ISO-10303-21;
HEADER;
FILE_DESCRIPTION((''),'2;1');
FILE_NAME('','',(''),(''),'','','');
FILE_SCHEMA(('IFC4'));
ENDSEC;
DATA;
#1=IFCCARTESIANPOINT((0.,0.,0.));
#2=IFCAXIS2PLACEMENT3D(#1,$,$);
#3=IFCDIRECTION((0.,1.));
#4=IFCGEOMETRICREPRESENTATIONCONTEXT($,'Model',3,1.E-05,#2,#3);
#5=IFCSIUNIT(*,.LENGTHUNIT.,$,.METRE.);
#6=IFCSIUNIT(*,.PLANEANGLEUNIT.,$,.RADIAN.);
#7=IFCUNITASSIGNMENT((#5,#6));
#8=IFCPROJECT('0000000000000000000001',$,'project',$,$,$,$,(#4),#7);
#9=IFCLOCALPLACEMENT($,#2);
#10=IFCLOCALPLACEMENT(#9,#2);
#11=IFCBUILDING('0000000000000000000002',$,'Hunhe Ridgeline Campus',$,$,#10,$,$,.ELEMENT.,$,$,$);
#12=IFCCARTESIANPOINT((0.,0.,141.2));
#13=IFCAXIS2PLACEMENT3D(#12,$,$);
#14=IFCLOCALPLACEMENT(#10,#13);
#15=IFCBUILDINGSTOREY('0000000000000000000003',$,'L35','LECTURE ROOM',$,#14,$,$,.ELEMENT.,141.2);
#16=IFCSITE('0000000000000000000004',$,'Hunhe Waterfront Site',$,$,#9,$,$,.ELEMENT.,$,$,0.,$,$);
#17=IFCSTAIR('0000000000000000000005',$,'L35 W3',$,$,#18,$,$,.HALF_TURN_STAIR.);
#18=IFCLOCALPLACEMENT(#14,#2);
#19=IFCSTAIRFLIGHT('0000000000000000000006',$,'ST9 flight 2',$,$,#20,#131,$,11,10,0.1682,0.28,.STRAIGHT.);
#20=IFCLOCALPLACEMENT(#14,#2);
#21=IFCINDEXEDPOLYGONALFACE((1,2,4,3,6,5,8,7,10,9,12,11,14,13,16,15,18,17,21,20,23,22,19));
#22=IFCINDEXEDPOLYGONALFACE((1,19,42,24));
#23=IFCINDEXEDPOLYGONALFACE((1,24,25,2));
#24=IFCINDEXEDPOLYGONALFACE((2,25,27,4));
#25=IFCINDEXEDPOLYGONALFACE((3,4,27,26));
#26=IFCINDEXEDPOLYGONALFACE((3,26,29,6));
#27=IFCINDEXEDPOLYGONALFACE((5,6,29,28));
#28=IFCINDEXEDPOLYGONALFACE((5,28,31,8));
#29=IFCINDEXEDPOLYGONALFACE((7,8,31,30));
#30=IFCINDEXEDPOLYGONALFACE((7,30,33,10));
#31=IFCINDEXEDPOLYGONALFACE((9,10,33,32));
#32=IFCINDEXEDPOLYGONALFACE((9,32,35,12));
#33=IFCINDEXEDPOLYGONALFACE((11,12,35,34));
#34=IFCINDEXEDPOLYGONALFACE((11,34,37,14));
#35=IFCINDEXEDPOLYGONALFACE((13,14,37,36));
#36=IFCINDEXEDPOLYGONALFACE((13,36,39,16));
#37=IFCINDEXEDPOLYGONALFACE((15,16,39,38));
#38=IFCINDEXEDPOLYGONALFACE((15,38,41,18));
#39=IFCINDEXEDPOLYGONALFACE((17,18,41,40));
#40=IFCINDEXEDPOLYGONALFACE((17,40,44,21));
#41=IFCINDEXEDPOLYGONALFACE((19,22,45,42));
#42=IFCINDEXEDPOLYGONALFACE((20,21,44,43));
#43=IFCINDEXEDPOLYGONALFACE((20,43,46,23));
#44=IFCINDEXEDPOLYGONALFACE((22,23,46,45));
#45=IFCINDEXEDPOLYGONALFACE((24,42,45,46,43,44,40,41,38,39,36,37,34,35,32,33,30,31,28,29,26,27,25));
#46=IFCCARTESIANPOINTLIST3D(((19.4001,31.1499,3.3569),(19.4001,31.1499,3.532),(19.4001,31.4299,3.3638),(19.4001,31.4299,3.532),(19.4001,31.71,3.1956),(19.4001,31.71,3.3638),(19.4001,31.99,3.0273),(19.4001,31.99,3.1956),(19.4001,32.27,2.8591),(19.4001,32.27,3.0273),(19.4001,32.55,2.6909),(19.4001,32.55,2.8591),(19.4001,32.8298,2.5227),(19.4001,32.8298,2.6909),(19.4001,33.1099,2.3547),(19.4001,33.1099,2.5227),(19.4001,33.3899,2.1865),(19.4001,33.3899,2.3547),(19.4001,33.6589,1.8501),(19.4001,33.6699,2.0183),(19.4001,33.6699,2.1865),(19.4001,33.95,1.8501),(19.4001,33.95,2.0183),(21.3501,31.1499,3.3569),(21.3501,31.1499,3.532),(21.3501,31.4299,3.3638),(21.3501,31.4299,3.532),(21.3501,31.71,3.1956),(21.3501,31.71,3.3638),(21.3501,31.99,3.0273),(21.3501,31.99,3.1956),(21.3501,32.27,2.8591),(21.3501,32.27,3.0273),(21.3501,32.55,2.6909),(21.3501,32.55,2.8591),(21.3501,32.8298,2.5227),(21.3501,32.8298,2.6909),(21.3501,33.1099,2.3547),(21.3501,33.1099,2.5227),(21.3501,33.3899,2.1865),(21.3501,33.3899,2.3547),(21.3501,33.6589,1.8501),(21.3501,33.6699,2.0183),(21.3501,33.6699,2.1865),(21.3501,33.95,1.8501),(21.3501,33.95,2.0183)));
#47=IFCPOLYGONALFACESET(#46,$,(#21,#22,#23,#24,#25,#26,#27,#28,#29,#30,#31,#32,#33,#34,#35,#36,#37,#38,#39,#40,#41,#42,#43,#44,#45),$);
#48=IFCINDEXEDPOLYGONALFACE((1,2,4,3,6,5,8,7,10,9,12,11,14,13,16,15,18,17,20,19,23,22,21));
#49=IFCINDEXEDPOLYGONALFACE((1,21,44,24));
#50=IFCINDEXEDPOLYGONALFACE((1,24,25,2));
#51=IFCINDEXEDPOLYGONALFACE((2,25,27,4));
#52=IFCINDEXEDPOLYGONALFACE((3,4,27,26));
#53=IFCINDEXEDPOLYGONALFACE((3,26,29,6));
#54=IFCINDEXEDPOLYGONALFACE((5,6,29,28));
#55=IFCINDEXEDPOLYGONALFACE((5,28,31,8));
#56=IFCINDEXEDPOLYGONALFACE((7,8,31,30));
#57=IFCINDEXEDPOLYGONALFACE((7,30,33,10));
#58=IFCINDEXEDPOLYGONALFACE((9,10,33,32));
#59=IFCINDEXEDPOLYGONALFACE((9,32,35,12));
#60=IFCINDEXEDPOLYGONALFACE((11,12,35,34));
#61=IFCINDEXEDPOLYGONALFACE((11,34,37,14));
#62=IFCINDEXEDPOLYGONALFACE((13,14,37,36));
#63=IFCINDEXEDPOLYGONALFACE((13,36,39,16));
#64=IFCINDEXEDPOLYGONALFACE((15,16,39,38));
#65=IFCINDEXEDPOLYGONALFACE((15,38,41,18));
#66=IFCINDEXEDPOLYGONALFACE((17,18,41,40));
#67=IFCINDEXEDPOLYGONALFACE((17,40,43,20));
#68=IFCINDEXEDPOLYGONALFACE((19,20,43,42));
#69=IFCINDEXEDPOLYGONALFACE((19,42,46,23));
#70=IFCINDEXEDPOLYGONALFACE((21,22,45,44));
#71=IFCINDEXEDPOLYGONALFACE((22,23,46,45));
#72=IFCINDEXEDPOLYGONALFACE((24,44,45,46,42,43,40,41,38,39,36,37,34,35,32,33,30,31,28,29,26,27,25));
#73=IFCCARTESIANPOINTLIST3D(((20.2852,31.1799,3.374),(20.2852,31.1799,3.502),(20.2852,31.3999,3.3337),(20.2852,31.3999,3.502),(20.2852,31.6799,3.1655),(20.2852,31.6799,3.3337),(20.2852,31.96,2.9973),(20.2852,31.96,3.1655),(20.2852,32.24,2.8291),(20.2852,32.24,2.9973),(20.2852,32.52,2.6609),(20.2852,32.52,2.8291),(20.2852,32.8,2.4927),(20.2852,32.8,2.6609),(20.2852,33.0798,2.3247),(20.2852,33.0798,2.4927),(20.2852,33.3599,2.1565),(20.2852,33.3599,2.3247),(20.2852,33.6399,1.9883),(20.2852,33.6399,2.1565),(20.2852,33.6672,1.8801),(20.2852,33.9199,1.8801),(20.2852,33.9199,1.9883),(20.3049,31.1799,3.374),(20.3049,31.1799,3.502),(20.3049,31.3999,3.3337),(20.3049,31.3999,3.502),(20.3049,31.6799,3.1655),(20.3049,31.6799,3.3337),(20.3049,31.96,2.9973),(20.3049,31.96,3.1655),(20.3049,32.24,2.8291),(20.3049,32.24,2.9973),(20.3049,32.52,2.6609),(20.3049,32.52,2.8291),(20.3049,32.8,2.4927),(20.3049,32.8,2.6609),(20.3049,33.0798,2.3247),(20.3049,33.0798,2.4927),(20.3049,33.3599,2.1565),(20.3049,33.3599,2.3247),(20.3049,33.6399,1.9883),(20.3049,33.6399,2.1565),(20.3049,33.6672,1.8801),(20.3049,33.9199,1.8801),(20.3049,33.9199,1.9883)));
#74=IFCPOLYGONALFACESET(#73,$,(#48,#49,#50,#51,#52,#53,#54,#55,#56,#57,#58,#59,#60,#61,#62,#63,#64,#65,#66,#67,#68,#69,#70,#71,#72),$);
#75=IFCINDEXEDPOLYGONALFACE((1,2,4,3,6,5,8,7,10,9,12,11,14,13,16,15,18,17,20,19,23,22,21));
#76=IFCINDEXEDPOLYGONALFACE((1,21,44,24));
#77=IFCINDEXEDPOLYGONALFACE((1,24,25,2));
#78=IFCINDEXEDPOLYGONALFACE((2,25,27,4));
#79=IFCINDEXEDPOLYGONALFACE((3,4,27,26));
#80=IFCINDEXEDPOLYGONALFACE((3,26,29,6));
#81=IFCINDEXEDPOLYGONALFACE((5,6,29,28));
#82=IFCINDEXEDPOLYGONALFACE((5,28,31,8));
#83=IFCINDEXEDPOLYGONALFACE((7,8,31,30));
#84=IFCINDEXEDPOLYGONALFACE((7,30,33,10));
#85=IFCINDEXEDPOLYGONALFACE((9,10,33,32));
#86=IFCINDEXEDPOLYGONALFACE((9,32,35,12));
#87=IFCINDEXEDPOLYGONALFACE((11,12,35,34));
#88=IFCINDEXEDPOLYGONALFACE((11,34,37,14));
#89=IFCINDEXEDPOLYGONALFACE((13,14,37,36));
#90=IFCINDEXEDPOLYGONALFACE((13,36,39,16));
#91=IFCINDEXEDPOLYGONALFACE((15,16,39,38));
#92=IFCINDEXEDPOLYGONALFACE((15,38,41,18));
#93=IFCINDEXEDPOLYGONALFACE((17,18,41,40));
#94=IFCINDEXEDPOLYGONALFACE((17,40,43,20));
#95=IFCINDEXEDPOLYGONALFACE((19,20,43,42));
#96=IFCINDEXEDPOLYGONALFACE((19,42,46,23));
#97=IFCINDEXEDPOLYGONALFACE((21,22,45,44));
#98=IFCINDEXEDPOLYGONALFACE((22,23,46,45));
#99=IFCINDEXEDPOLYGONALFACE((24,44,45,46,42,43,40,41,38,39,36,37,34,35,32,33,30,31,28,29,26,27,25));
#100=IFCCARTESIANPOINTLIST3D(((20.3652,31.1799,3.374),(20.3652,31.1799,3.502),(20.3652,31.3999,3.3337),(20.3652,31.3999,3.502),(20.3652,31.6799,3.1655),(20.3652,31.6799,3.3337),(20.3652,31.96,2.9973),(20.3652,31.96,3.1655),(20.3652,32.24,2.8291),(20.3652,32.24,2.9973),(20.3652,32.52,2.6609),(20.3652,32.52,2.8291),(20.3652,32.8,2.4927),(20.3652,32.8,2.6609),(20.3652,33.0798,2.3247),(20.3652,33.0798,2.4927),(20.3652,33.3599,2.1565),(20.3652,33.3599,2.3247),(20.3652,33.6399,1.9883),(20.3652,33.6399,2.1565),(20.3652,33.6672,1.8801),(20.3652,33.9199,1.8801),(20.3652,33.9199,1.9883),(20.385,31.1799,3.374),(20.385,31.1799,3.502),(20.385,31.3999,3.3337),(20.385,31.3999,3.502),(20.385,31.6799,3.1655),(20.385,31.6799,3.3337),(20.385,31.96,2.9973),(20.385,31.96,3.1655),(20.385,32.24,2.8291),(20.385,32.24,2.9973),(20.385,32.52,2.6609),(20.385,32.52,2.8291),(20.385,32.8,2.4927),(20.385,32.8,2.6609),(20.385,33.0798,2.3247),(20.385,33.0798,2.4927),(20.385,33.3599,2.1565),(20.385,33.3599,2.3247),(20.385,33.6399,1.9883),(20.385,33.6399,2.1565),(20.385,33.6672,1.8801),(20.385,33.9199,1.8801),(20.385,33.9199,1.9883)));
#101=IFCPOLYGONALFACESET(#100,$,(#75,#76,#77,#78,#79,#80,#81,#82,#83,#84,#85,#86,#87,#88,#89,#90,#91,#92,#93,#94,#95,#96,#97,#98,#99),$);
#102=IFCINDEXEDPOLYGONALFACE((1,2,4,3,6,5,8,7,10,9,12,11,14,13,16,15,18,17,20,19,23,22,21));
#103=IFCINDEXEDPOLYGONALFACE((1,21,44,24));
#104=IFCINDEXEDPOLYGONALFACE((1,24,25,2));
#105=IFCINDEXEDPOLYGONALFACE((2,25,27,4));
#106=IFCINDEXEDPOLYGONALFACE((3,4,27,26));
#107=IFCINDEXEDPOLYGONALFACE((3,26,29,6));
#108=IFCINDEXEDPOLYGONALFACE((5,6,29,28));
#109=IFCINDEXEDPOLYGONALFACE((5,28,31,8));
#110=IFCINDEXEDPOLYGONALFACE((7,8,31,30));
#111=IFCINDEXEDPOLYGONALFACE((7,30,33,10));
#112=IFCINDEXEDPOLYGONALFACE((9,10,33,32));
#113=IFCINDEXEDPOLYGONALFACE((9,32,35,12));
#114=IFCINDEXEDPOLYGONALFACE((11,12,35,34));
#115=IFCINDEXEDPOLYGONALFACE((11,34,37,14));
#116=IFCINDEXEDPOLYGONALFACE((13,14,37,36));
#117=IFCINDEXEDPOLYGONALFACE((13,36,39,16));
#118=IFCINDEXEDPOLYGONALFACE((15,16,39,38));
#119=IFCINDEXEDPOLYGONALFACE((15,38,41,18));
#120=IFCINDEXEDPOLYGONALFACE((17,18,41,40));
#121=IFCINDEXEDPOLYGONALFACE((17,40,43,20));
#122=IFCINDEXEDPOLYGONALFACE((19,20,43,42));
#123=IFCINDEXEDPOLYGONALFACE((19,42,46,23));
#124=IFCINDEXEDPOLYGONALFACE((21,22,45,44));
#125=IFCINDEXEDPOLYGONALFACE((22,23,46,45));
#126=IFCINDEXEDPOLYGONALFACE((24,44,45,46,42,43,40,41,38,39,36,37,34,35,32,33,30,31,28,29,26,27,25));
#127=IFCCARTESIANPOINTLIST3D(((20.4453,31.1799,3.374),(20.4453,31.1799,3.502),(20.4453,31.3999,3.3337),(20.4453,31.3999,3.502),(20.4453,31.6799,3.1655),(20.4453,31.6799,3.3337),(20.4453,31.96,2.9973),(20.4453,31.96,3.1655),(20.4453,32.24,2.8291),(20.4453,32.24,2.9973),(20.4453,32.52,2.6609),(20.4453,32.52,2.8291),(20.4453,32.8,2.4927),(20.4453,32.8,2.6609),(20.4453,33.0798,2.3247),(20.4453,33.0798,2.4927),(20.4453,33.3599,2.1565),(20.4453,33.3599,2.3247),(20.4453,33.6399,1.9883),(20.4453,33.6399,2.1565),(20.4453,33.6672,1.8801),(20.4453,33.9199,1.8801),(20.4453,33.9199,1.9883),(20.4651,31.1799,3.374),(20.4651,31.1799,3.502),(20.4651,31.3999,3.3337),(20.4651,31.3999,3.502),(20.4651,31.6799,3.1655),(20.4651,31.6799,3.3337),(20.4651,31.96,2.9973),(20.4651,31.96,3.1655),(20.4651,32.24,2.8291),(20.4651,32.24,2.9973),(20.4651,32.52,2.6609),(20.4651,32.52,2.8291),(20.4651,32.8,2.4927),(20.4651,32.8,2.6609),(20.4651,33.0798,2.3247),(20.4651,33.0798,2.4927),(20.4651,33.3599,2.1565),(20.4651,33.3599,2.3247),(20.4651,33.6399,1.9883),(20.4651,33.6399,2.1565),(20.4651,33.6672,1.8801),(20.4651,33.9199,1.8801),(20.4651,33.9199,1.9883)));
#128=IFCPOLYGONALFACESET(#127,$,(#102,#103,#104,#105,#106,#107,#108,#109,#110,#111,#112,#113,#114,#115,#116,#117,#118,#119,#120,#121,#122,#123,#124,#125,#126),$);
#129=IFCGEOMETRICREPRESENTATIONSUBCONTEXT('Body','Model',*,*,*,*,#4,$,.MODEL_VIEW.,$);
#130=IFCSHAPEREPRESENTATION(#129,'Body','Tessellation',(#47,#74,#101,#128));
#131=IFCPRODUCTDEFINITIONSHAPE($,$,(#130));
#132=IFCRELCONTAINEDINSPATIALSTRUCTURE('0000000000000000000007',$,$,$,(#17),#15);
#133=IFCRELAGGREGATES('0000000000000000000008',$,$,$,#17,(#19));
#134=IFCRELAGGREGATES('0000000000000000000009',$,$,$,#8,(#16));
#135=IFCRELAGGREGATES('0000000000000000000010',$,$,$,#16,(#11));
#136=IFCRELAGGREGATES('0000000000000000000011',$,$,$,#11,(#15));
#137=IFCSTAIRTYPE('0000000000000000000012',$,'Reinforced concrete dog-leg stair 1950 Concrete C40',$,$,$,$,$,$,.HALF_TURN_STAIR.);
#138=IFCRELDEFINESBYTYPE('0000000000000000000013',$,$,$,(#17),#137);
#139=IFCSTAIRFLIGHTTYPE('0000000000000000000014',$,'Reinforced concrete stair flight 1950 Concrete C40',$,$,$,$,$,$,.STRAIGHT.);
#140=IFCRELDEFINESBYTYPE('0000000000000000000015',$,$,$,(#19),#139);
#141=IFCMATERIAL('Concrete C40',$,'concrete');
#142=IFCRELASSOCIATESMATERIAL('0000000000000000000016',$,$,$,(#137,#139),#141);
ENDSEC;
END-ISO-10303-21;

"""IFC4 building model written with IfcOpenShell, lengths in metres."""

from ifc_helpers import new_model, si_unit, direction, frame, origin, place, context, subcontext, project, spatial, polyline, outline, extrude, material, type_object, element, aggregate, save


model = new_model("IFC4")

# Units and contexts
model_context = context("Model", 3, precision=1e-05, world=origin(), true_north=direction((0.0, 1.0)))
body_context = subcontext(model_context, "Body", "Model", "MODEL_VIEW")
ifc_project = project(units=[si_unit("LENGTHUNIT", "METRE"), si_unit("PLANEANGLEUNIT", "RADIAN")], contexts=[model_context])

# Site, building, storey
site_placement = place(None, origin())
site = spatial("IfcSite", under=ifc_project, at=site_placement, Name="Hunhe Waterfront Site", CompositionType="ELEMENT", RefElevation=0.0)
building_placement = place(site_placement, origin())
building = spatial("IfcBuilding", under=site, at=building_placement, Name="Hunhe Ridgeline Campus", CompositionType="ELEMENT")
storey_placement = place(building_placement, frame((0.0, 0.0, 141.2)))
storey = spatial("IfcBuildingStorey", under=building, at=storey_placement, Name="L35", Description="LECTURE ROOM", CompositionType="ELEMENT", Elevation=141.2)

# Stair, stair flight
ifc_material_1 = material(Name="Concrete C40", Category="concrete")
stair_type = type_object("IfcStairType", Name="Reinforced concrete dog-leg stair 1950 Concrete C40", PredefinedType="HALF_TURN_STAIR", material=ifc_material_1)
stair_placement = place(storey_placement, origin())
stair = element("IfcStair", 1, at=stair_placement, inside=storey, type_object=stair_type, Name="L35 W3", PredefinedType="HALF_TURN_STAIR")
stair_flight_type = type_object("IfcStairFlightType", Name="Reinforced concrete stair flight 1950 Concrete C40", PredefinedType="STRAIGHT", material=ifc_material_1)
stair_flight_1_placement = place(storey_placement, frame((20.375, 33.95, 1.8501), z_axis=(0.0, 0.0, 1.0), x_axis=(0.0, -1.0, 0.0)))
stair_flight_1 = element("IfcStairFlight", 2, at=stair_flight_1_placement, type_object=stair_flight_type, Name="ST9 flight 2", NumberOfRisers=11, NumberOfTreads=10, PredefinedType="STRAIGHT", RiserHeight=0.1682, TreadLength=0.28, context=body_context, shape_type="SweptSolid", body=[
    extrude(outline(polyline([(0.0, 0.0), (0.0, 0.1682), (0.28, 0.1682), (0.28, 0.3364), (0.5601, 0.3364), (0.5601, 0.5046), (0.8401, 0.5046), (0.8401, 0.6726), (1.1201, 0.6726), (1.1201, 0.8408), (1.3999, 0.8408), (1.3999, 1.009), (1.6799, 1.009), (1.6799, 1.1772), (1.96, 1.1772), (1.96, 1.3455), (2.24, 1.3455), (2.24, 1.5137), (2.52, 1.5137), (2.52, 1.6819), (2.8, 1.6819), (2.8, 1.8501), (2.8, 1.5068), (0.291, 0.0), (0.0, 0.0)])), frame((0.0, 0.9751, 0.0), z_axis=(0.0, -1.0, 0.0), x_axis=(1.0, 0.0, 0.0)), (0.0, 0.0, 1.0), 1.95),
    extrude(outline(polyline([(0.03, 0.03), (0.03, 0.1382), (0.3101, 0.1382), (0.3101, 0.3064), (0.5901, 0.3064), (0.5901, 0.4746), (0.8701, 0.4746), (0.8701, 0.6426), (1.1499, 0.6426), (1.1499, 0.8108), (1.4299, 0.8108), (1.4299, 0.979), (1.71, 0.979), (1.71, 1.1472), (1.99, 1.1472), (1.99, 1.3154), (2.27, 1.3154), (2.27, 1.4836), (2.55, 1.4836), (2.55, 1.6519), (2.77, 1.6519), (2.77, 1.5239), (0.2827, 0.03), (0.03, 0.03)])), frame((0.0, -0.0701, 0.0), z_axis=(0.0, -1.0, 0.0), x_axis=(1.0, 0.0, 0.0)), (0.0, 0.0, 1.0), 0.0198),
    extrude(outline(polyline([(0.03, 0.03), (0.03, 0.1382), (0.3101, 0.1382), (0.3101, 0.3064), (0.5901, 0.3064), (0.5901, 0.4746), (0.8701, 0.4746), (0.8701, 0.6426), (1.1499, 0.6426), (1.1499, 0.8108), (1.4299, 0.8108), (1.4299, 0.979), (1.71, 0.979), (1.71, 1.1472), (1.99, 1.1472), (1.99, 1.3154), (2.27, 1.3154), (2.27, 1.4836), (2.55, 1.4836), (2.55, 1.6519), (2.77, 1.6519), (2.77, 1.5239), (0.2827, 0.03), (0.03, 0.03)])), frame((0.0, 0.01, 0.0), z_axis=(0.0, -1.0, 0.0), x_axis=(1.0, 0.0, 0.0)), (0.0, 0.0, 1.0), 0.0198),
    extrude(outline(polyline([(0.03, 0.03), (0.03, 0.1382), (0.3101, 0.1382), (0.3101, 0.3064), (0.5901, 0.3064), (0.5901, 0.4746), (0.8701, 0.4746), (0.8701, 0.6426), (1.1499, 0.6426), (1.1499, 0.8108), (1.4299, 0.8108), (1.4299, 0.979), (1.71, 0.979), (1.71, 1.1472), (1.99, 1.1472), (1.99, 1.3154), (2.27, 1.3154), (2.27, 1.4836), (2.55, 1.4836), (2.55, 1.6519), (2.77, 1.6519), (2.77, 1.5239), (0.2827, 0.03), (0.03, 0.03)])), frame((0.0, 0.0901, 0.0), z_axis=(0.0, -1.0, 0.0), x_axis=(1.0, 0.0, 0.0)), (0.0, 0.0, 1.0), 0.0198),
])
aggregate(stair, [stair_flight_1])

save(model, "model.ifc")
